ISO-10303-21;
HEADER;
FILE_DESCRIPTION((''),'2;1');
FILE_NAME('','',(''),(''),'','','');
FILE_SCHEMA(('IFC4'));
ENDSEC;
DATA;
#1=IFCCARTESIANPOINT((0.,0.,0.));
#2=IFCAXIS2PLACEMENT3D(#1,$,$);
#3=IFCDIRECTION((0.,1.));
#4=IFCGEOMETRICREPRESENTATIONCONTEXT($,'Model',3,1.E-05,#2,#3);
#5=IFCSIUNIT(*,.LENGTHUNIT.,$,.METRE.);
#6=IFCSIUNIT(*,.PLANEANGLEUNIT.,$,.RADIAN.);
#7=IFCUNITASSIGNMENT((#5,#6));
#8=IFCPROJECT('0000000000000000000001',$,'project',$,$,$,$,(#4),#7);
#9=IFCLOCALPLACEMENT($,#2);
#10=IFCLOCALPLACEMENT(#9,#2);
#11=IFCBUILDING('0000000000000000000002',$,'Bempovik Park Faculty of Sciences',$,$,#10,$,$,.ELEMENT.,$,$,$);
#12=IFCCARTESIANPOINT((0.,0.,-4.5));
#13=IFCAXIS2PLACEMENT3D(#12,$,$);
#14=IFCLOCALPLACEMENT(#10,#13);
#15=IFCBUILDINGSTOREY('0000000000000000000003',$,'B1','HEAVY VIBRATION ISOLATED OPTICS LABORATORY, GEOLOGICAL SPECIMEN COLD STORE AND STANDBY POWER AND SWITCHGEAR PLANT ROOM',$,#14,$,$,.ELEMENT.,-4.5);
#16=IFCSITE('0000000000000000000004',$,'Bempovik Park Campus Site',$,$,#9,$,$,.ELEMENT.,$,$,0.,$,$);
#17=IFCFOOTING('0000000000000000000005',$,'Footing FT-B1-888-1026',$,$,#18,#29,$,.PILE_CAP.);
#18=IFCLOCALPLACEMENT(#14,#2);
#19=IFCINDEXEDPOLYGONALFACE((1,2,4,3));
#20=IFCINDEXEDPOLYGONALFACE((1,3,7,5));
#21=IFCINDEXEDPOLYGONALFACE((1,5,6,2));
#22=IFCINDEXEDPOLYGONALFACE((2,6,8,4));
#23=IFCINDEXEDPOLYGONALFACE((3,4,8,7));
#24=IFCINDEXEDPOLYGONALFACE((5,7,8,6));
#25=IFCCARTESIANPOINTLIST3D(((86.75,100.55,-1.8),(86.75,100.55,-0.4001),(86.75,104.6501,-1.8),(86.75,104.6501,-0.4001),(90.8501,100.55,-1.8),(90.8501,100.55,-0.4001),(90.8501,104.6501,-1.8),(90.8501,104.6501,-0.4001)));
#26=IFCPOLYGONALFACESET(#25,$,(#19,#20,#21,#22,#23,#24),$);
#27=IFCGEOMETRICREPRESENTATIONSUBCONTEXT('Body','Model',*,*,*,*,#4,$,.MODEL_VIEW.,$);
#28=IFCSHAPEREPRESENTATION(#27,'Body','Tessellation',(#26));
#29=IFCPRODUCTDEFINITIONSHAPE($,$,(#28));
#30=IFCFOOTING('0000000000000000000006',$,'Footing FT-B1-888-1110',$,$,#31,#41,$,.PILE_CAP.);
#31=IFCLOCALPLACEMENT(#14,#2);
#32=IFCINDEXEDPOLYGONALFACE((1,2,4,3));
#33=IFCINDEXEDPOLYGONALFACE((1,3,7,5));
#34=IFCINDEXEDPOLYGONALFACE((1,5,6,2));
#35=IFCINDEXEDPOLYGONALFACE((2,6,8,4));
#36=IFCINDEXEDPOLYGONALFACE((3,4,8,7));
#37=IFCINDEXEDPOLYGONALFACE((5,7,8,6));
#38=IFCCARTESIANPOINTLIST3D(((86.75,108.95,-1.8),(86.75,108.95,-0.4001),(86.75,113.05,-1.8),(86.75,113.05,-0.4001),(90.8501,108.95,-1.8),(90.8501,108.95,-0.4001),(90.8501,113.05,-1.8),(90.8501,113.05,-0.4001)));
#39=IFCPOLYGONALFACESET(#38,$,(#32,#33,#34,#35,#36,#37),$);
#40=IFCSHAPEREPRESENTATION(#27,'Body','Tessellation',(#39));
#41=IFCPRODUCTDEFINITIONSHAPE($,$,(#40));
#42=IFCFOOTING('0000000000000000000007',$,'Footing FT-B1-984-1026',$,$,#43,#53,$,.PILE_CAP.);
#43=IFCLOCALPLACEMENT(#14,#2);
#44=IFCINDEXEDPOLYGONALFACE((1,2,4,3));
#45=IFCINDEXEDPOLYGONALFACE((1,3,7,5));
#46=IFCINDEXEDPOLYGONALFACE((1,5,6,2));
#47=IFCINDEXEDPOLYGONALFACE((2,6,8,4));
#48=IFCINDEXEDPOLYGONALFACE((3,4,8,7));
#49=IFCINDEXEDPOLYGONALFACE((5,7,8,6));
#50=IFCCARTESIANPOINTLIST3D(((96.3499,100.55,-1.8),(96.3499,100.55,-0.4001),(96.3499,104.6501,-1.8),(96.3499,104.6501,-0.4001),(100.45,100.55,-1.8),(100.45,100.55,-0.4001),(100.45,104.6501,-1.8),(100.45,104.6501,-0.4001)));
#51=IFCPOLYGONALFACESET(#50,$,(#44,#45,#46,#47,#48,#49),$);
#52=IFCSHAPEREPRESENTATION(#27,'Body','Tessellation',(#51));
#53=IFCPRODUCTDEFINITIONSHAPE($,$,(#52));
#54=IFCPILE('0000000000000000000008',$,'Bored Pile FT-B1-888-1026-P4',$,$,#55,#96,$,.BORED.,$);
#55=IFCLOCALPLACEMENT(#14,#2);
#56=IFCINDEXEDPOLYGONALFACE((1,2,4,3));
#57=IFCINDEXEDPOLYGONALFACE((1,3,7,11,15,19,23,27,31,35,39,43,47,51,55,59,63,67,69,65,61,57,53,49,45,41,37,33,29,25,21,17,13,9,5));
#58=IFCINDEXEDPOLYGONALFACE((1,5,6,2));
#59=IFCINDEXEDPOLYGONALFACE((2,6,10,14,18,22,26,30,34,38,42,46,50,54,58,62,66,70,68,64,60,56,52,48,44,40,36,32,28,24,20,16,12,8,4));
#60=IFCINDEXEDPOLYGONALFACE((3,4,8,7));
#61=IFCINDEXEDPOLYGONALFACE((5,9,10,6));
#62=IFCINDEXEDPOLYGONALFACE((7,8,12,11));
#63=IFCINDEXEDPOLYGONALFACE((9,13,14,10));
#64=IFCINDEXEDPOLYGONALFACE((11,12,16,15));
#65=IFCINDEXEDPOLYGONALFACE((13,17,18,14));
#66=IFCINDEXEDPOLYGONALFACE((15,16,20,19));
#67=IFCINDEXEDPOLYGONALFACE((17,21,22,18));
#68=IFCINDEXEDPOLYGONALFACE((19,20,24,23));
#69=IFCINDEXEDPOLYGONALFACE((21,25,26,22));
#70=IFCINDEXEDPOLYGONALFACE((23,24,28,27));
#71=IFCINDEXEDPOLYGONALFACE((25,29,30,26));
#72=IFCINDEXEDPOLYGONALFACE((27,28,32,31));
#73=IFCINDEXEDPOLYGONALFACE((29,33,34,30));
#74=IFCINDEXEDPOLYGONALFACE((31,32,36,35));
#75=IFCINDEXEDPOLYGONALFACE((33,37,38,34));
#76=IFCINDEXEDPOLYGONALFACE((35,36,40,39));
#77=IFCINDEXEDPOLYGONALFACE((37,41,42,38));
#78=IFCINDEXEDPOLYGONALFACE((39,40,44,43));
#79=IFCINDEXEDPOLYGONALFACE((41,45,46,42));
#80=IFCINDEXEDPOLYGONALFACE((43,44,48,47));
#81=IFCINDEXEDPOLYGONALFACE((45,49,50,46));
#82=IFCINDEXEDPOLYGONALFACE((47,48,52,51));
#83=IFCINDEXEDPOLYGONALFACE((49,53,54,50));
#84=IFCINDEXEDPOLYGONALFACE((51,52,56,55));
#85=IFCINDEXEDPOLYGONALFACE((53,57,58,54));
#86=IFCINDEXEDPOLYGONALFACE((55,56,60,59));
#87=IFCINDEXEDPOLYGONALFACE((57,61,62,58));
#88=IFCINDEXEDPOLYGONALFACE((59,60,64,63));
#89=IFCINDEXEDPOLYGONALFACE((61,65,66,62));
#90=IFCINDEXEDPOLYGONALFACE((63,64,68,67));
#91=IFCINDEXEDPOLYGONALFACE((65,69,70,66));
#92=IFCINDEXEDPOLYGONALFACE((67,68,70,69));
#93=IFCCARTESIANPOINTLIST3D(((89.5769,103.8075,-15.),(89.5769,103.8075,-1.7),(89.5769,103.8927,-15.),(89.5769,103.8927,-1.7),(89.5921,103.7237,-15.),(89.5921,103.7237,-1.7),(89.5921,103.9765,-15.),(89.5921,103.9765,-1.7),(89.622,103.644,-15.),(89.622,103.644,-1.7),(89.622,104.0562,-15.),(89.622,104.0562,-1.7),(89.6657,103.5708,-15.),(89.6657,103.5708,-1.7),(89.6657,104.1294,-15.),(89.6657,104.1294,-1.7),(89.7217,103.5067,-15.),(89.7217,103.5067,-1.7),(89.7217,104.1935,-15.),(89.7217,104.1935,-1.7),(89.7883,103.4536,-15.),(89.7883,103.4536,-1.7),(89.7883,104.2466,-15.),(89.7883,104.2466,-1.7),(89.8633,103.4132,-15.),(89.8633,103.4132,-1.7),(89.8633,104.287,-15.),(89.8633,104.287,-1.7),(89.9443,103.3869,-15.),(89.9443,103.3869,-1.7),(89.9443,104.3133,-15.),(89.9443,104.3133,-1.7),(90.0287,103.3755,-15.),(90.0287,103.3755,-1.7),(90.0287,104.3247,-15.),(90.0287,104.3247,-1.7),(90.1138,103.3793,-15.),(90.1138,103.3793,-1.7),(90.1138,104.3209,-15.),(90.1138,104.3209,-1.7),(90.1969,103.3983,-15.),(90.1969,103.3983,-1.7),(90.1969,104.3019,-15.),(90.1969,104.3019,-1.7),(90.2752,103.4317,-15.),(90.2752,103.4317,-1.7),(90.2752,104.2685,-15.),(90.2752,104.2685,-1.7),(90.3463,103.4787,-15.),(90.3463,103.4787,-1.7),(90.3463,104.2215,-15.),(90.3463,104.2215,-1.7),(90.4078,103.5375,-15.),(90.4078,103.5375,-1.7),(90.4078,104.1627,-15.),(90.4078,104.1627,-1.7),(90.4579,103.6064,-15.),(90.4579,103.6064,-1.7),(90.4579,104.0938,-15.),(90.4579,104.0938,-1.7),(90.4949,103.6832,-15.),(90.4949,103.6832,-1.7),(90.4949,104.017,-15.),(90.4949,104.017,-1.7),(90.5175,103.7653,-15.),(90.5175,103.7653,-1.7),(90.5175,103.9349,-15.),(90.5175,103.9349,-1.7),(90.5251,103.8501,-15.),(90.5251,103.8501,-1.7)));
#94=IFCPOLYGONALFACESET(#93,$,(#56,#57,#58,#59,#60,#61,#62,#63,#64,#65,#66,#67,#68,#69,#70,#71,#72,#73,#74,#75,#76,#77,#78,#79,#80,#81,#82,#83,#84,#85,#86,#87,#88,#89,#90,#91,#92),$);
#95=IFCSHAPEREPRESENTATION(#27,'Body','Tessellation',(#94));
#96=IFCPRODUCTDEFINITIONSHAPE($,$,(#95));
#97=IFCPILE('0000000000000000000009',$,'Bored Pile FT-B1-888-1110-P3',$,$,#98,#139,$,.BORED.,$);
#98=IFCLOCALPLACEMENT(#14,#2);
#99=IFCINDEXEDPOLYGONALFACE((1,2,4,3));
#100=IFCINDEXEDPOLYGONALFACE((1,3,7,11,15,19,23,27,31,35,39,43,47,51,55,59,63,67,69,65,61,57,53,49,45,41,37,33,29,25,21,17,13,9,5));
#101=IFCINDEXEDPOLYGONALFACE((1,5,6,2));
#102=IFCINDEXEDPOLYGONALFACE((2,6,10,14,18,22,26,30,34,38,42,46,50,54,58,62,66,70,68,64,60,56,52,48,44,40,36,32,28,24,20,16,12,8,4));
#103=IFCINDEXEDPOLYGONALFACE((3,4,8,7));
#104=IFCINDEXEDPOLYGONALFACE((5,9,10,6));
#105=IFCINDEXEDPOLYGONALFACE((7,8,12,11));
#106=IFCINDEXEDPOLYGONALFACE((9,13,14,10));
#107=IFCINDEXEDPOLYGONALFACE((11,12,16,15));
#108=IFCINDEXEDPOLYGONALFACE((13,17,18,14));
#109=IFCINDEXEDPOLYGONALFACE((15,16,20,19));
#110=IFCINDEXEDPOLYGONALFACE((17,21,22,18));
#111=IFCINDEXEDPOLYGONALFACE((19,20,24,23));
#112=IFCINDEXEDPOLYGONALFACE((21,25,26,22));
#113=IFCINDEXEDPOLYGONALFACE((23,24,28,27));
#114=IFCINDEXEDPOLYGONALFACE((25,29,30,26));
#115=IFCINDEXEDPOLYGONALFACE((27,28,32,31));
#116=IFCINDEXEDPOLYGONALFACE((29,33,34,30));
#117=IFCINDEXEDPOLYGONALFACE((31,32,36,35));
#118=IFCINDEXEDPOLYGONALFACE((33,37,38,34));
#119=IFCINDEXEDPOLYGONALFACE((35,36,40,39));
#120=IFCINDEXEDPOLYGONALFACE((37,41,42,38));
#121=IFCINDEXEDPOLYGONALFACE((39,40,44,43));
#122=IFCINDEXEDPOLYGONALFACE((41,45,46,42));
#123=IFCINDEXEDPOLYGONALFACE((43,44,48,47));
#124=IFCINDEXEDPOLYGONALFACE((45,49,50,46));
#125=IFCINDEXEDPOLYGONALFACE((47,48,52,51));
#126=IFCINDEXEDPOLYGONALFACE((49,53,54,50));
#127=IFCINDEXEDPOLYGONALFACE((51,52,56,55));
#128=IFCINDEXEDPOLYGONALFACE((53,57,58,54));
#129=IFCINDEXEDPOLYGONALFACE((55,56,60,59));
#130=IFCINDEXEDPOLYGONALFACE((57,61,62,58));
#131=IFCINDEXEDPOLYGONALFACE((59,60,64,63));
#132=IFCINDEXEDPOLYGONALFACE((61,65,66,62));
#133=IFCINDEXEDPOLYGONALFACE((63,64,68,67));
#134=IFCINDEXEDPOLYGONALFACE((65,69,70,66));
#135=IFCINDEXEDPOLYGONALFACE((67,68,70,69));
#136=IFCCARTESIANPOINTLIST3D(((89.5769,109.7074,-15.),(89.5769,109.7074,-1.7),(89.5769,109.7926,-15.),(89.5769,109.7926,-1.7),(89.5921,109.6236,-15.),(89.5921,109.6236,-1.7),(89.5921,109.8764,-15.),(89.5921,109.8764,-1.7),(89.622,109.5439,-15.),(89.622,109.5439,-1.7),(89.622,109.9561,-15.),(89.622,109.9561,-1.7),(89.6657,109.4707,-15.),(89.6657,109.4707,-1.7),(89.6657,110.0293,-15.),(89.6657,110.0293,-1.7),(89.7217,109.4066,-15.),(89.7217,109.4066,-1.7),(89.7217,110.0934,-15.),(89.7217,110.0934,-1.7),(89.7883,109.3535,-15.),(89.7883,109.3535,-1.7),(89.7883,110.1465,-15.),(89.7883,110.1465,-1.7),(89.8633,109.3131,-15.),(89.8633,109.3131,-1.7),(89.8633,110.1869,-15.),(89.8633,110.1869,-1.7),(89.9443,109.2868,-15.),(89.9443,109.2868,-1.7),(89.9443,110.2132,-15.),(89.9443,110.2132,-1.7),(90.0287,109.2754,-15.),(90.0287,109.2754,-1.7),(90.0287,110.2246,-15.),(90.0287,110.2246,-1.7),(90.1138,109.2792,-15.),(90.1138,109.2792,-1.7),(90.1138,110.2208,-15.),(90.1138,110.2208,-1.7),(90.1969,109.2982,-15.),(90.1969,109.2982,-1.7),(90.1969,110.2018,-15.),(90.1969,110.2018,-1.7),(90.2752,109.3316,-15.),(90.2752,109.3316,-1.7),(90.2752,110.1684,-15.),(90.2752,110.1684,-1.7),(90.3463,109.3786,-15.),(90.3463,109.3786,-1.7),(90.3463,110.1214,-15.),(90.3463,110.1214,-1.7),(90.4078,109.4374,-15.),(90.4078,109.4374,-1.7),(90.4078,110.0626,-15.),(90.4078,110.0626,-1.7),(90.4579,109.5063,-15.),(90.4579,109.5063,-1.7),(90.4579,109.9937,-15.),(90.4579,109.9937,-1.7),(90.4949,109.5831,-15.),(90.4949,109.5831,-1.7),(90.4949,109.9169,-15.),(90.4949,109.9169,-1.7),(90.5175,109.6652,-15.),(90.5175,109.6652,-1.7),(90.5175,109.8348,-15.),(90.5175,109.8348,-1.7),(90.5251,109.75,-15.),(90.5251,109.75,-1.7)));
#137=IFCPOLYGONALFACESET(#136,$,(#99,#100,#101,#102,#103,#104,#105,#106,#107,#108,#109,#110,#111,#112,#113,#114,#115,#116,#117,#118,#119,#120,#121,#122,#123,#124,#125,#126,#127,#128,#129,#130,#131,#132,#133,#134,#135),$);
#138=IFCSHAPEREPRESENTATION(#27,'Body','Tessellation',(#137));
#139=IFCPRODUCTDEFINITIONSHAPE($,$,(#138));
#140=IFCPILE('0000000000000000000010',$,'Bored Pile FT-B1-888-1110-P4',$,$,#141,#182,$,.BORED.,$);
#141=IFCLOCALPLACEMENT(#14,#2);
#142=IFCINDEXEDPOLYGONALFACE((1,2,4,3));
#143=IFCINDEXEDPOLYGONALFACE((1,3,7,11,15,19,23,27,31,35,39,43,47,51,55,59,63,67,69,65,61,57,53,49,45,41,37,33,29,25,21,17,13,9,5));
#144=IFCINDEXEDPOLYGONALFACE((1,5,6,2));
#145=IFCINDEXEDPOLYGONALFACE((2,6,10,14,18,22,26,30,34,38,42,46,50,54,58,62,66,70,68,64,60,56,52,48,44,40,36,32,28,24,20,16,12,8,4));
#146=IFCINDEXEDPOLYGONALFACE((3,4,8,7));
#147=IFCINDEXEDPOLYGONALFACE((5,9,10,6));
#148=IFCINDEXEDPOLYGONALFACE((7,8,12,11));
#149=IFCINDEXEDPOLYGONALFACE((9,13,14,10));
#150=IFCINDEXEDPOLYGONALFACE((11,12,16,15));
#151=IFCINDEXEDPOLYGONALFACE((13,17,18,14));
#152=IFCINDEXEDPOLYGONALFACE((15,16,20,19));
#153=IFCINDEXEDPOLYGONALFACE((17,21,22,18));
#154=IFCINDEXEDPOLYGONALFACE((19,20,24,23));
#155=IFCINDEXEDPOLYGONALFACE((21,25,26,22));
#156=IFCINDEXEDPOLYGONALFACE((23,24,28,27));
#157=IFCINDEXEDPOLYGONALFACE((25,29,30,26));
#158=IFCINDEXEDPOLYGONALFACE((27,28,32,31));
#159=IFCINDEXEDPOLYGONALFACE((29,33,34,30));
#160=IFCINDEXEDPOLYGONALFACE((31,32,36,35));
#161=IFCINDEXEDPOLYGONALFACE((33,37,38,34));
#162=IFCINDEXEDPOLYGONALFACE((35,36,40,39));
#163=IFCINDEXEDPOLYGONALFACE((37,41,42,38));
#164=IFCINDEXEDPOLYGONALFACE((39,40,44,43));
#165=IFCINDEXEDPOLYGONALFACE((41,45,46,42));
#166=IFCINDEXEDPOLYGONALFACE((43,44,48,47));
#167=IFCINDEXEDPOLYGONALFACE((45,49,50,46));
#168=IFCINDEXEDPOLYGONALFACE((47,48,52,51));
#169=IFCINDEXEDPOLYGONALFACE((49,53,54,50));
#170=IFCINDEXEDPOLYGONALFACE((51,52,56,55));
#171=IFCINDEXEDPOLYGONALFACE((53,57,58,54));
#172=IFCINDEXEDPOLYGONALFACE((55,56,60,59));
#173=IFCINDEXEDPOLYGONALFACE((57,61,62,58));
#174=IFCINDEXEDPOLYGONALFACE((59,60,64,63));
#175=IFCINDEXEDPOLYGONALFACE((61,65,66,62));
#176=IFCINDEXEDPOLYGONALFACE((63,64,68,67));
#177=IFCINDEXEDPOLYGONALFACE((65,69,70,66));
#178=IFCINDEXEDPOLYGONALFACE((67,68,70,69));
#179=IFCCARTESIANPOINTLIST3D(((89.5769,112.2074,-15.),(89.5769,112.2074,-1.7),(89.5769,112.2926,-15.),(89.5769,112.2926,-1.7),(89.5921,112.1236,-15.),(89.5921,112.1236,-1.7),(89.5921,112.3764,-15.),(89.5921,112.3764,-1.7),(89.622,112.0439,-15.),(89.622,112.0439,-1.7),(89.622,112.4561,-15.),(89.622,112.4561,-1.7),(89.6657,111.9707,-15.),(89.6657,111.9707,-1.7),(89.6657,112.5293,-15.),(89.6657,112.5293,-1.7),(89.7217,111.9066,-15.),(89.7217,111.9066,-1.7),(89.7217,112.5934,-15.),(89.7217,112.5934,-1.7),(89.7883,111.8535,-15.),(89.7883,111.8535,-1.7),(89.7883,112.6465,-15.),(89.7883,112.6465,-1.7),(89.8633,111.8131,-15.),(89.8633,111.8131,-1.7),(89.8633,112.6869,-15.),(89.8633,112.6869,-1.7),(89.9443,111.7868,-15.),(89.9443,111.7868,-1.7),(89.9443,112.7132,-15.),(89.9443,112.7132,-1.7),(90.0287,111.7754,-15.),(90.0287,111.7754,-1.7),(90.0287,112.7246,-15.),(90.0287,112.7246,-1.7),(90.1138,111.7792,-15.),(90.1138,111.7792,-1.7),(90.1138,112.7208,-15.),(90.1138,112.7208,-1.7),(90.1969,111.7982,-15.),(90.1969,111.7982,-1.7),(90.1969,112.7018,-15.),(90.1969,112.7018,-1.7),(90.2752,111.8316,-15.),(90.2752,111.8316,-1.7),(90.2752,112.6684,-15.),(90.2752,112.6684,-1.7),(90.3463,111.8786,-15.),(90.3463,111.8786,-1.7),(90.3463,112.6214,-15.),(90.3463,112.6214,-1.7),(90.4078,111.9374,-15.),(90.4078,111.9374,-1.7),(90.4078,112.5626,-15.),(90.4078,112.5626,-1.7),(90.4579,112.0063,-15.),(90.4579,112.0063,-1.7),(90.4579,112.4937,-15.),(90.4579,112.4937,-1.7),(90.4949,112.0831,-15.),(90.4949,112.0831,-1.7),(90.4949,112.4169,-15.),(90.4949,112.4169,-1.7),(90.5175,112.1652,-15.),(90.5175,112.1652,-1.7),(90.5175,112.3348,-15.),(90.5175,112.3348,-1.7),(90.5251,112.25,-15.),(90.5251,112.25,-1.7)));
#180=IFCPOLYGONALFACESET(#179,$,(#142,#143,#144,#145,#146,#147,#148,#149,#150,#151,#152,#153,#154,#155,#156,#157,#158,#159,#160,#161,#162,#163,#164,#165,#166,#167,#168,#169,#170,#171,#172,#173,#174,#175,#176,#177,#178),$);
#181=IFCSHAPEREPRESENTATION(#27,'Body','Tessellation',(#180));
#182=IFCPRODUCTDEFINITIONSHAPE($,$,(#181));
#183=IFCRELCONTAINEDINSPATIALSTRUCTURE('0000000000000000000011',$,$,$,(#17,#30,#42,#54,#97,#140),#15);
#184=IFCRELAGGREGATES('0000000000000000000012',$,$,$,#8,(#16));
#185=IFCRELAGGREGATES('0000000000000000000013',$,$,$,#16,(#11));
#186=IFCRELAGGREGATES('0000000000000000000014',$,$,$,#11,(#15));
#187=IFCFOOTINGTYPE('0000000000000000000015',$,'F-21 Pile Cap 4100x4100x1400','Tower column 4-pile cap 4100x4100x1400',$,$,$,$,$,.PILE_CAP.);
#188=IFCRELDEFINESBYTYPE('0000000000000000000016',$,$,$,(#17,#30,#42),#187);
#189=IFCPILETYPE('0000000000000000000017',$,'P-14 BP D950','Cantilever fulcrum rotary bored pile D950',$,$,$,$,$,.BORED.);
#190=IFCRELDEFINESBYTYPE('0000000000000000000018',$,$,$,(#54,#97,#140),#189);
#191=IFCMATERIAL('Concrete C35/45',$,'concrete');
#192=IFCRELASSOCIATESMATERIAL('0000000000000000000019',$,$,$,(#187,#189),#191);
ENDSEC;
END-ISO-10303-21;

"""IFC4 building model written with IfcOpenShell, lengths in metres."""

from ifc_helpers import new_model, si_unit, direction, frame, origin, origin_2d, place, context, subcontext, project, spatial, rectangle, circle, extrude, material, material_profile, profile_set, type_object, element, save


model = new_model("IFC4")

# Units and contexts
model_context = context("Model", 3, precision=1e-05, world=origin(), true_north=direction((0.0, 1.0)))
body_context = subcontext(model_context, "Body", "Model", "MODEL_VIEW")
ifc_project = project(units=[si_unit("LENGTHUNIT", "METRE"), si_unit("PLANEANGLEUNIT", "RADIAN")], contexts=[model_context])

# Site, building, storey
site_placement = place(None, origin())
site = spatial("IfcSite", under=ifc_project, at=site_placement, Name="Bempovik Park Campus Site", CompositionType="ELEMENT", RefElevation=0.0)
building_placement = place(site_placement, origin())
building = spatial("IfcBuilding", under=site, at=building_placement, Name="Bempovik Park Faculty of Sciences", CompositionType="ELEMENT")
storey_placement = place(building_placement, frame((0.0, 0.0, -4.5)))
storey = spatial("IfcBuildingStorey", under=building, at=storey_placement, Name="B1", Description="HEAVY VIBRATION ISOLATED OPTICS LABORATORY, GEOLOGICAL SPECIMEN COLD STORE AND STANDBY POWER AND SWITCHGEAR PLANT ROOM", CompositionType="ELEMENT", Elevation=-4.5)

# Footings
ifc_material_1 = material(Name="Concrete C35/45", Category="concrete")
footing_type = type_object("IfcFootingType", Name="F-21 Pile Cap 4100x4100x1400", Description="Tower column 4-pile cap 4100x4100x1400", PredefinedType="PILE_CAP", material=ifc_material_1)
for number, where, z_axis, x_axis, name in (
    (1, (88.8, 102.6001, -1.8), (0.0, 0.0, 1.0), (1.0, 0.0, 0.0), "Footing FT-B1-888-1026"),
    (2, (88.8, 111.0, -1.8), (0.0, 0.0, 1.0), (1.0, 0.0, 0.0), "Footing FT-B1-888-1110"),
    (3, (98.3999, 102.6001, -1.8), (0.0, 0.0, 1.0), (1.0, 0.0, 0.0), "Footing FT-B1-984-1026"),
):
    element("IfcFooting", number, at=place(storey_placement, frame(where, z_axis=z_axis, x_axis=x_axis)), inside=storey, type_object=footing_type, Name=name, PredefinedType="PILE_CAP", context=body_context, shape_type="SweptSolid", body=[
        extrude(rectangle(XDim=4.1001, YDim=4.1001, at=origin_2d()), origin(), (0.0, 0.0, 1.0), 1.3999),
    ])

# Piles
ifc_material_profile_1 = material_profile(ifc_material_1, circle(Radius=0.4751, at=origin_2d()), Name="BP D950")
ifc_profile_set_1 = profile_set([ifc_material_profile_1], Name="Concrete C35/45")
pile_type = type_object("IfcPileType", Name="P-14 BP D950", Description="Cantilever fulcrum rotary bored pile D950", PredefinedType="BORED", material=ifc_profile_set_1)
for number, where, z_axis, x_axis, name in (
    (4, (90.05, 103.8501, -1.7), (0.0, 0.0, -1.0), (1.0, 0.0, 0.0), "Bored Pile FT-B1-888-1026-P4"),
    (5, (90.05, 109.75, -1.7), (0.0, 0.0, -1.0), (1.0, 0.0, 0.0), "Bored Pile FT-B1-888-1110-P3"),
    (6, (90.05, 112.25, -1.7), (0.0, 0.0, -1.0), (1.0, 0.0, 0.0), "Bored Pile FT-B1-888-1110-P4"),
):
    element("IfcPile", number, at=place(storey_placement, frame(where, z_axis=z_axis, x_axis=x_axis)), inside=storey, type_object=pile_type, Name=name, PredefinedType="BORED", context=body_context, shape_type="SweptSolid", body=[
        extrude(circle(Radius=0.4751, at=origin_2d()), origin(), (0.0, 0.0, 1.0), 13.3),
    ])

save(model, "model.ifc")
